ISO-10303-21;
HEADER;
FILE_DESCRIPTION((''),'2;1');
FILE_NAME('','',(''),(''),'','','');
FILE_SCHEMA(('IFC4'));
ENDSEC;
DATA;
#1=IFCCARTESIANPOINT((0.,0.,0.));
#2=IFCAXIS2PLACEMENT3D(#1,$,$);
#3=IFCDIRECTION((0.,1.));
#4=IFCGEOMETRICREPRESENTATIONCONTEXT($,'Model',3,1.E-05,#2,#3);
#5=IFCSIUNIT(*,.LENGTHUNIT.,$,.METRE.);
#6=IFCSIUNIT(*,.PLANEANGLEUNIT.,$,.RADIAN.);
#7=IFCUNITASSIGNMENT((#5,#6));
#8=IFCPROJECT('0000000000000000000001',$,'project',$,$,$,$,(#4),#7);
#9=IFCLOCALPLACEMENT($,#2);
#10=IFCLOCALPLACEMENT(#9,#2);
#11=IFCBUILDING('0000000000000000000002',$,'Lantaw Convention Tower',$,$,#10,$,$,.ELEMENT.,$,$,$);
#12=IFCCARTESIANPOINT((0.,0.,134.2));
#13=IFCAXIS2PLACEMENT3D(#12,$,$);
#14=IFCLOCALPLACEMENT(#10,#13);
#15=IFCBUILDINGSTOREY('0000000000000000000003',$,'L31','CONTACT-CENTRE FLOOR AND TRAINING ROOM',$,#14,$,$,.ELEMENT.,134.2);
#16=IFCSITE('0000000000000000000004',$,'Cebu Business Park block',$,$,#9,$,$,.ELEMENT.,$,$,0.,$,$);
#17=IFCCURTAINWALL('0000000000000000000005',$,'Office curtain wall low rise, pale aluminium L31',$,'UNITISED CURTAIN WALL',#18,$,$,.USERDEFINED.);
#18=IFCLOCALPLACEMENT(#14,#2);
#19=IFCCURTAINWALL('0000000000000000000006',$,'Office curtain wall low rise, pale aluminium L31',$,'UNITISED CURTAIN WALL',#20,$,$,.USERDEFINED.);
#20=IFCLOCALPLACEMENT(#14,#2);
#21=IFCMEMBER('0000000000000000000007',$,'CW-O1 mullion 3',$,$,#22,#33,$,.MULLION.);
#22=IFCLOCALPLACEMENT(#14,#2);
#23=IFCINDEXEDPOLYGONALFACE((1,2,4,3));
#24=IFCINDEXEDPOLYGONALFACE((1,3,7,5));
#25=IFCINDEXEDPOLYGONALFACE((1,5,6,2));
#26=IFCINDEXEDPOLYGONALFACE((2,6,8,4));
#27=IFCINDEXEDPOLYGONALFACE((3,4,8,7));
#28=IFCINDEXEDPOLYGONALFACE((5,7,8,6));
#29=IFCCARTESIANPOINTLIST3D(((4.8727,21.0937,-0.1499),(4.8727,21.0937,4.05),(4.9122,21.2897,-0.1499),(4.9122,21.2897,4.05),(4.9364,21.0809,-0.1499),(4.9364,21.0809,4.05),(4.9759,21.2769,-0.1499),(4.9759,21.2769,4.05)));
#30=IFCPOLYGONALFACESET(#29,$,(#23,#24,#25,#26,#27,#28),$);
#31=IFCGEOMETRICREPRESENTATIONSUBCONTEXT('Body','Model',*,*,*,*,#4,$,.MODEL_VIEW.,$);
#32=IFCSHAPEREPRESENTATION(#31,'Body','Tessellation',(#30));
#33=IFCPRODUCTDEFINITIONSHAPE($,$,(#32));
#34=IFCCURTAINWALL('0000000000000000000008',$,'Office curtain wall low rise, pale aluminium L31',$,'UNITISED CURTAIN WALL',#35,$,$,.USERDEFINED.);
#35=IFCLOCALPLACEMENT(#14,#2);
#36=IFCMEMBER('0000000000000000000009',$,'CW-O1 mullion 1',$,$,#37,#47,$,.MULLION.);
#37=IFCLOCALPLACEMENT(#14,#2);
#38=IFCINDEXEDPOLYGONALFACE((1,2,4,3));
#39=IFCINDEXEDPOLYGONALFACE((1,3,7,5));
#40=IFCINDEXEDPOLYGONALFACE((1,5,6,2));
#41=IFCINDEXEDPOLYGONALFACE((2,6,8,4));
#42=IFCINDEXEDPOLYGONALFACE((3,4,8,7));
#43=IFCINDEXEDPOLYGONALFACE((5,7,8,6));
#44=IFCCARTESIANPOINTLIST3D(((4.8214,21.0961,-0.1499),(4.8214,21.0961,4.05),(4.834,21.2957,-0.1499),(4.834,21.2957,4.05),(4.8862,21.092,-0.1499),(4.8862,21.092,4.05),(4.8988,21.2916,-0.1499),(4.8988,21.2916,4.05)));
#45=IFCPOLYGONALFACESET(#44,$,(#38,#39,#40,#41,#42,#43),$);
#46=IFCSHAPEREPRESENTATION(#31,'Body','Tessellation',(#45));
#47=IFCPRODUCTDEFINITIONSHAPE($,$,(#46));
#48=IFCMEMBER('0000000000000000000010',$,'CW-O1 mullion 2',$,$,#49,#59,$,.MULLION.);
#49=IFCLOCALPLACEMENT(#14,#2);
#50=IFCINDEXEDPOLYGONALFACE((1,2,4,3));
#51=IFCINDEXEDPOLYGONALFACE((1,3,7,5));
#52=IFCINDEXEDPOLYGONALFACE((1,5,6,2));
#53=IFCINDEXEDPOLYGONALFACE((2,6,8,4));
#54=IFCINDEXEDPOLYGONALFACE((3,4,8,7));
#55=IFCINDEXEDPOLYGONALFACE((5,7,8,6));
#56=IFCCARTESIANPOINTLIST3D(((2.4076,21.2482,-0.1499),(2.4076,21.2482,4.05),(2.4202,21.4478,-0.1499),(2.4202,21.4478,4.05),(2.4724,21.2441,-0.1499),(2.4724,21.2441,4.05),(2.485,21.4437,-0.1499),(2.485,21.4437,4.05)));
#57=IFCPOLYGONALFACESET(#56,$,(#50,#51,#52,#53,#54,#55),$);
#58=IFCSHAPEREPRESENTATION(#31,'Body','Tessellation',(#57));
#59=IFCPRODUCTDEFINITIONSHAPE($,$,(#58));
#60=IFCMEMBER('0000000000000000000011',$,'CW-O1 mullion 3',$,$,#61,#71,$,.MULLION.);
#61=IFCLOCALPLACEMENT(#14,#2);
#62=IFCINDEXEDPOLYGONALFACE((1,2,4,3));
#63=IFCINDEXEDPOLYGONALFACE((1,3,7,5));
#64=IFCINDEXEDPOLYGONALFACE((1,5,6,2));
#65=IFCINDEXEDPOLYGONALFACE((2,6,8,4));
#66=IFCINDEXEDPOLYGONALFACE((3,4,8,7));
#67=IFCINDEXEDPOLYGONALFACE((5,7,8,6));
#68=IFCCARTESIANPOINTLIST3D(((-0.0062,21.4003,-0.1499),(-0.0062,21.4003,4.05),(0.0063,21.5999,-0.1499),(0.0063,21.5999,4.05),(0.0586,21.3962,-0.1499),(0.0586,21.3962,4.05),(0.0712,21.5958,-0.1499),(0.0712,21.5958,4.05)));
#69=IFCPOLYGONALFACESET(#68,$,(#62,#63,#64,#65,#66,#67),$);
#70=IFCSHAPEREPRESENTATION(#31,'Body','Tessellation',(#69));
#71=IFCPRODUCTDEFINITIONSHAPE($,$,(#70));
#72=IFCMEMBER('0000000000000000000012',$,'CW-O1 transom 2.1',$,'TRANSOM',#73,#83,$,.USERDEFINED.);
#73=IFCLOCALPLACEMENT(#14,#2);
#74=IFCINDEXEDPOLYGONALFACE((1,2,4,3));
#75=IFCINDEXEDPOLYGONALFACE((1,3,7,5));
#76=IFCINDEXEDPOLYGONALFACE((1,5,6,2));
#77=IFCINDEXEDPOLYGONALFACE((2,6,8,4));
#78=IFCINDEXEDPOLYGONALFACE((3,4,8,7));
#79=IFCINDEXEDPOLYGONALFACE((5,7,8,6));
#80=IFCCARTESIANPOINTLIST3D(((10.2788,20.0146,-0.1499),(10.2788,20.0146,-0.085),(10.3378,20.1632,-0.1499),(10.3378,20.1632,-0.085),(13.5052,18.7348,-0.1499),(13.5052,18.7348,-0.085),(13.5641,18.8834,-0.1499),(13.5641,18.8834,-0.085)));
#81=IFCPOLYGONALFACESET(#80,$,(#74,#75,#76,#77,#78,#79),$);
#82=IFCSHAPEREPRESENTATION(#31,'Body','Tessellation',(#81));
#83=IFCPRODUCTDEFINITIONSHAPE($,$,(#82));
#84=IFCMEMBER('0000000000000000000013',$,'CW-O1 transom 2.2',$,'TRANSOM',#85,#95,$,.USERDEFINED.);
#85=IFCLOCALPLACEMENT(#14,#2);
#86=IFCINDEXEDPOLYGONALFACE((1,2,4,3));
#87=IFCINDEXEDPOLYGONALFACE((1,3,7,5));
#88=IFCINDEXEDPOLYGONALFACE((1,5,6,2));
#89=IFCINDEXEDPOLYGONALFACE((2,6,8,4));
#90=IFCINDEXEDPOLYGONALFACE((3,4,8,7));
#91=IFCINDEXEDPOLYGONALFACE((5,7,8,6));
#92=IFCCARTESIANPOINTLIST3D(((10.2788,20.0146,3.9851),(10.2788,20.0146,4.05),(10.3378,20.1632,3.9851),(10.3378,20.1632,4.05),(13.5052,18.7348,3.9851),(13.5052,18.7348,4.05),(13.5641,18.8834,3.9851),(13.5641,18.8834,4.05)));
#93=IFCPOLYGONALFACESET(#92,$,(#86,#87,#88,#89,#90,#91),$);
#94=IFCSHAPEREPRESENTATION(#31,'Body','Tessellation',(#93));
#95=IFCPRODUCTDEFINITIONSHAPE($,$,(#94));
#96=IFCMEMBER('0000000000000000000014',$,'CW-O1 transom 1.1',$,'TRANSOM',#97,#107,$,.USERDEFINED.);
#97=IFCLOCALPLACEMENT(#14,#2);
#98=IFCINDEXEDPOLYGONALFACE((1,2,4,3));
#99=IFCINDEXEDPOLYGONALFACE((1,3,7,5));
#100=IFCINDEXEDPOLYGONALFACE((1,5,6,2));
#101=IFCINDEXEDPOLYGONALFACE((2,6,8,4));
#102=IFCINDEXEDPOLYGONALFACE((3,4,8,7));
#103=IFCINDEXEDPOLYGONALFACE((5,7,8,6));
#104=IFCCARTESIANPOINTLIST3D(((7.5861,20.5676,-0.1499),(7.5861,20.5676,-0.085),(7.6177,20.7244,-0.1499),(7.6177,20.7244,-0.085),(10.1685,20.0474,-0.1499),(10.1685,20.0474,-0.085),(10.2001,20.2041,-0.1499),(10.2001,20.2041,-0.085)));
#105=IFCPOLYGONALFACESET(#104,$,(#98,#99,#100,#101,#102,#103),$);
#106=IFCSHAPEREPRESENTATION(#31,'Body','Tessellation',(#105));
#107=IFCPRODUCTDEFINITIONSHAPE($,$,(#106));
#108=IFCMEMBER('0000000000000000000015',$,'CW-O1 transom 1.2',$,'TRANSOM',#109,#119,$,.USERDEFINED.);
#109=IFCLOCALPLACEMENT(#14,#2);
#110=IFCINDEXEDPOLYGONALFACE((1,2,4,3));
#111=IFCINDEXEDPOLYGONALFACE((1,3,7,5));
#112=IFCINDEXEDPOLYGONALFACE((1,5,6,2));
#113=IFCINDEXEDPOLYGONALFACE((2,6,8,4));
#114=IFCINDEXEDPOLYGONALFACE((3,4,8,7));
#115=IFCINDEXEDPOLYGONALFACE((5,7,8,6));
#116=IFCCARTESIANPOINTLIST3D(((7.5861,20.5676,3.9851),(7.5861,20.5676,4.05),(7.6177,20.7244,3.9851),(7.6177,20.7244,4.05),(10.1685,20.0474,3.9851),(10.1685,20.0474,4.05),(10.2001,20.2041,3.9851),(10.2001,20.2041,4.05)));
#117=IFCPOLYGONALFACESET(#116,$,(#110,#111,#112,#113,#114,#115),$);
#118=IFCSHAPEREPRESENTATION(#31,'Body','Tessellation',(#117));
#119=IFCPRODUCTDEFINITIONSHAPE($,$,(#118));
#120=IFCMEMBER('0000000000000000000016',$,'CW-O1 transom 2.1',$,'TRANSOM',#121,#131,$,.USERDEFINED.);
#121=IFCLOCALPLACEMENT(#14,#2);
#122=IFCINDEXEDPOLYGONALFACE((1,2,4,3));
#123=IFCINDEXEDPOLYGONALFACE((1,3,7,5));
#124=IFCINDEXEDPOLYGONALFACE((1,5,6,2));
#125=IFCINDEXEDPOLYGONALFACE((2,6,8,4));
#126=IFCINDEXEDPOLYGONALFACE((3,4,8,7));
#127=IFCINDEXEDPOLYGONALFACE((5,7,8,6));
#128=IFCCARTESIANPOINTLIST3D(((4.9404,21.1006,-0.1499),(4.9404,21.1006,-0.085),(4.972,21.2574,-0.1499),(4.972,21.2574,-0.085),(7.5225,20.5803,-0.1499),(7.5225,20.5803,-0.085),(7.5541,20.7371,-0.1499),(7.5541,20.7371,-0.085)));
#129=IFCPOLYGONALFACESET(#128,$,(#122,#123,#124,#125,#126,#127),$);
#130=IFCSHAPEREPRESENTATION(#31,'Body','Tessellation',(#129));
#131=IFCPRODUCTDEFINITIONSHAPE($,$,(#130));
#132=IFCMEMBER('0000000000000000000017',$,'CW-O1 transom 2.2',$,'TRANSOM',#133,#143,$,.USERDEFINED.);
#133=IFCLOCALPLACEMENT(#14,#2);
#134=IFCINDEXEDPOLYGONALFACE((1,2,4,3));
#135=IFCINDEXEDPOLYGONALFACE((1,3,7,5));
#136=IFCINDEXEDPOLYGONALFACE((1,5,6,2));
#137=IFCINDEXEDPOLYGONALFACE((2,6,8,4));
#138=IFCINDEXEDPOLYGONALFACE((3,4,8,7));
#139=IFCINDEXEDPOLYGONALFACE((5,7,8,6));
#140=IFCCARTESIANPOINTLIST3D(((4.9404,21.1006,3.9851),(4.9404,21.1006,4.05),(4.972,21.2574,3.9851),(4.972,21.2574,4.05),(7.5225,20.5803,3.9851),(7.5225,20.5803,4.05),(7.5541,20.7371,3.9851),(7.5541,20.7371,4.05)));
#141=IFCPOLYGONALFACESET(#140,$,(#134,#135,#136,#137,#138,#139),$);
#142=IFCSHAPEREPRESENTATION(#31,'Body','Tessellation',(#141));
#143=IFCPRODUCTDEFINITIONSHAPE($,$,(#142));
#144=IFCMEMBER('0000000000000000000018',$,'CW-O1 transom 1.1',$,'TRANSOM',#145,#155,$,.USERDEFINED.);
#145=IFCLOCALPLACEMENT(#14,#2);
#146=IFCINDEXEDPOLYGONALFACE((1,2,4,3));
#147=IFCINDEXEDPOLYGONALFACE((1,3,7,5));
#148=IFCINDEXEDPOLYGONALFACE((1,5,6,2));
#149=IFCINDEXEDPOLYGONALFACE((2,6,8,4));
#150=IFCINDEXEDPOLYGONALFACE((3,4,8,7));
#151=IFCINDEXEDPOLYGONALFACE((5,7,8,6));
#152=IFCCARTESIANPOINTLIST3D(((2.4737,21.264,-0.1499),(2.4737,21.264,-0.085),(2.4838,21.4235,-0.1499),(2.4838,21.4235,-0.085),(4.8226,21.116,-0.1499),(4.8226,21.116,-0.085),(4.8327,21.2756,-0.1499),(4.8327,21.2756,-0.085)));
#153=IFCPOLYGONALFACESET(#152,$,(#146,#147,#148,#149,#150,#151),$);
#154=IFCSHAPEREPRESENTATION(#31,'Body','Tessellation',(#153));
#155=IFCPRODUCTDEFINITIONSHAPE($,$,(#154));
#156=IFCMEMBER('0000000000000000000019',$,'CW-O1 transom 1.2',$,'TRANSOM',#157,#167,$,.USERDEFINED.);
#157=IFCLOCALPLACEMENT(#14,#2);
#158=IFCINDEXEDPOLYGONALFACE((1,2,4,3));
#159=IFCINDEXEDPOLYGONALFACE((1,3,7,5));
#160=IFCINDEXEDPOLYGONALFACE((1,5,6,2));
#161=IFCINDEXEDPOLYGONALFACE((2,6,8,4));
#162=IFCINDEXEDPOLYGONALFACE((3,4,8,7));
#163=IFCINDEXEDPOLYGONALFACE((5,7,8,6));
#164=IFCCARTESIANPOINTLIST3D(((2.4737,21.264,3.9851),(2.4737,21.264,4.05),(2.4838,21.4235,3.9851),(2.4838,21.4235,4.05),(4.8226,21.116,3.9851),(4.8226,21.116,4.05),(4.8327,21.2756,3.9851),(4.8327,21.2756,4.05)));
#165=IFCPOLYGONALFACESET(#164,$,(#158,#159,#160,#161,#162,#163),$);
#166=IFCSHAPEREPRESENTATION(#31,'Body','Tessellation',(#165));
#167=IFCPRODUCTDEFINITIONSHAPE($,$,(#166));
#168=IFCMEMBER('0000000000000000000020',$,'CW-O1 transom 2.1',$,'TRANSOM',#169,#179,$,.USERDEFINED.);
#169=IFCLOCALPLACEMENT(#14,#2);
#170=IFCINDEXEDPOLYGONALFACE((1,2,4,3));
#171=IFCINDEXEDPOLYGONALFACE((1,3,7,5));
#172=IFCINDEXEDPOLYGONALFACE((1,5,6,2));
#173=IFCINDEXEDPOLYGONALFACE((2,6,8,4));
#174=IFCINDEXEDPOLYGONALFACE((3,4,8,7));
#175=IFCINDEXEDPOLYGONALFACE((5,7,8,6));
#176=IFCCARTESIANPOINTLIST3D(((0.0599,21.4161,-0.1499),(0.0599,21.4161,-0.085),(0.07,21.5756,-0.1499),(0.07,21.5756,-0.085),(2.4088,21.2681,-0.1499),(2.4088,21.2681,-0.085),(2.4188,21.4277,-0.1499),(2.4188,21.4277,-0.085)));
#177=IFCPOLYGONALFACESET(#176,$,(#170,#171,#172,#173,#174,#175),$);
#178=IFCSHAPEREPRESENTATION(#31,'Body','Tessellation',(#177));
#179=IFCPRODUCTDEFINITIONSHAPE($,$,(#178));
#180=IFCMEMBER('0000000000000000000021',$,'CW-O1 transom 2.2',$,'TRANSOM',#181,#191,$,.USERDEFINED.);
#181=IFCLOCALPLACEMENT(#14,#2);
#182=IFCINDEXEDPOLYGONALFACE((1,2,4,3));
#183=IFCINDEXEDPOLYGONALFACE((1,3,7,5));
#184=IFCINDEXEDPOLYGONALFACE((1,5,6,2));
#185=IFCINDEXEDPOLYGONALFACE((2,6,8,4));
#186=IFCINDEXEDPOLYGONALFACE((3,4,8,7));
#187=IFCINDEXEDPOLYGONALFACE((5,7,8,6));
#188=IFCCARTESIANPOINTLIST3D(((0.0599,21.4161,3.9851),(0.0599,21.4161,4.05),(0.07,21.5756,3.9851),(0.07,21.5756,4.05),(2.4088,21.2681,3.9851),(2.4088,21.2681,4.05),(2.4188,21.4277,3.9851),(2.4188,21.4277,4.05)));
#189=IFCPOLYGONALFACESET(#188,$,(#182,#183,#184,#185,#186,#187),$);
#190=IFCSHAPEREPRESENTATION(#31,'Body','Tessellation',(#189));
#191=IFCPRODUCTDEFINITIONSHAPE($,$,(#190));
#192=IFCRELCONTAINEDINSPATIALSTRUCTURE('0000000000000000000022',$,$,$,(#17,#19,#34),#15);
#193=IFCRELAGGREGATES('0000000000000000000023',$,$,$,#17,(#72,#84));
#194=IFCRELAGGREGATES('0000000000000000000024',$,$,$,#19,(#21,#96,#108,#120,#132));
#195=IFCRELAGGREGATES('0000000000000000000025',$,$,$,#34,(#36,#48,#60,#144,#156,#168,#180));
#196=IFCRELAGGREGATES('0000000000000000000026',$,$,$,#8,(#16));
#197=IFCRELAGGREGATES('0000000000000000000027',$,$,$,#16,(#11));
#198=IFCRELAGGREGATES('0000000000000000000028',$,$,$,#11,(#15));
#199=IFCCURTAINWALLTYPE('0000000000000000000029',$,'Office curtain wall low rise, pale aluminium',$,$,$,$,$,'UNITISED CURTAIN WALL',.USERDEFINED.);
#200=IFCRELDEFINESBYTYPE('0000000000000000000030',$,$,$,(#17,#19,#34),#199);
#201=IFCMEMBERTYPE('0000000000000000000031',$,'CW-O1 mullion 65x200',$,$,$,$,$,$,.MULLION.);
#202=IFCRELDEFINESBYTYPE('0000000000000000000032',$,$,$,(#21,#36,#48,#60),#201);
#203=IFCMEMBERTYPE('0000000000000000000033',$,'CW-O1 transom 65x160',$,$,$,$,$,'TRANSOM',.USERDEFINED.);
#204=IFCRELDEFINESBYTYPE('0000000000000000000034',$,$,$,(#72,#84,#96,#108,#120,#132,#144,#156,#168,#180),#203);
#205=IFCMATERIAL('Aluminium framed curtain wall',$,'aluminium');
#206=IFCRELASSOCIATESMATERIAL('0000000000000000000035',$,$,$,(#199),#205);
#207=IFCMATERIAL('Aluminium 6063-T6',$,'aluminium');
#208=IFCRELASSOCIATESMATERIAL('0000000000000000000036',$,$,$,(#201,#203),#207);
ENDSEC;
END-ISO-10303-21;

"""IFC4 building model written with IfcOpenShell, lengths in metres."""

from ifc_helpers import new_model, si_unit, direction, frame, origin, origin_2d, place, context, subcontext, project, spatial, rectangle, extrude, material, material_profile, profile_set, type_object, element, aggregate, save


model = new_model("IFC4")

# Units and contexts
model_context = context("Model", 3, precision=1e-05, world=origin(), true_north=direction((0.0, 1.0)))
body_context = subcontext(model_context, "Body", "Model", "MODEL_VIEW")
ifc_project = project(units=[si_unit("LENGTHUNIT", "METRE"), si_unit("PLANEANGLEUNIT", "RADIAN")], contexts=[model_context])

# Site, building, storey
site_placement = place(None, origin())
site = spatial("IfcSite", under=ifc_project, at=site_placement, Name="Cebu Business Park block", CompositionType="ELEMENT", RefElevation=0.0)
building_placement = place(site_placement, origin())
building = spatial("IfcBuilding", under=site, at=building_placement, Name="Lantaw Convention Tower", CompositionType="ELEMENT")
storey_placement = place(building_placement, frame((0.0, 0.0, 134.2)))
storey = spatial("IfcBuildingStorey", under=building, at=storey_placement, Name="L31", Description="CONTACT-CENTRE FLOOR AND TRAINING ROOM", CompositionType="ELEMENT", Elevation=134.2)

# Curtain walls, members
ifc_material_1 = material(Name="Aluminium framed curtain wall", Category="aluminium")
curtain_wall_type = type_object("IfcCurtainWallType", Name="Office curtain wall low rise, pale aluminium", ElementType="UNITISED CURTAIN WALL", PredefinedType="USERDEFINED", material=ifc_material_1)
curtain_wall_1_placement = place(storey_placement, origin())
curtain_wall_1 = element("IfcCurtainWall", 1, at=curtain_wall_1_placement, inside=storey, type_object=curtain_wall_type, Name="Office curtain wall low rise, pale aluminium L31", ObjectType="UNITISED CURTAIN WALL", PredefinedType="USERDEFINED")
ifc_material_2 = material(Name="Aluminium 6063-T6", Category="aluminium")
ifc_material_profile_1 = material_profile(ifc_material_2, rectangle(XDim=0.2, YDim=0.0649, at=origin_2d()), Name="CW-O1 mullion 65x200")
ifc_profile_set_1 = profile_set([ifc_material_profile_1], Name="Aluminium 6063-T6")
member_type_1 = type_object("IfcMemberType", Name="CW-O1 mullion 65x200", PredefinedType="MULLION", material=ifc_profile_set_1)
curtain_wall_2_placement = place(storey_placement, origin())
curtain_wall_2 = element("IfcCurtainWall", 2, at=curtain_wall_2_placement, inside=storey, type_object=curtain_wall_type, Name="Office curtain wall low rise, pale aluminium L31", ObjectType="UNITISED CURTAIN WALL", PredefinedType="USERDEFINED")
member_1_placement = place(storey_placement, frame((4.9243, 21.1853, -0.1499), z_axis=(0.0, 0.0, 1.0), x_axis=(-0.197507, -0.980302, 0.0)))
member_1 = element("IfcMember", 3, at=member_1_placement, type_object=member_type_1, Name="CW-O1 mullion 3", PredefinedType="MULLION", context=body_context, shape_type="SweptSolid", body=[
    extrude(rectangle(XDim=0.2, YDim=0.0649, at=origin_2d()), origin(), (0.0, 0.0, 1.0), 4.2),
])
curtain_wall_3_placement = place(storey_placement, origin())
curtain_wall_3 = element("IfcCurtainWall", 4, at=curtain_wall_3_placement, inside=storey, type_object=curtain_wall_type, Name="Office curtain wall low rise, pale aluminium L31", ObjectType="UNITISED CURTAIN WALL", PredefinedType="USERDEFINED")
member_2_placement = place(storey_placement, frame((4.8601, 21.1938, -0.1499), z_axis=(0.0, 0.0, 1.0), x_axis=(-0.062865, -0.998022, 0.0)))
member_2 = element("IfcMember", 5, at=member_2_placement, type_object=member_type_1, Name="CW-O1 mullion 1", PredefinedType="MULLION", context=body_context, shape_type="SweptSolid", body=[
    extrude(rectangle(XDim=0.2, YDim=0.0649, at=origin_2d()), origin(), (0.0, 0.0, 1.0), 4.2),
])
member_3_placement = place(storey_placement, frame((2.4463, 21.3459, -0.1499), z_axis=(0.0, 0.0, 1.0), x_axis=(-0.062865, -0.998022, 0.0)))
member_3 = element("IfcMember", 6, at=member_3_placement, type_object=member_type_1, Name="CW-O1 mullion 2", PredefinedType="MULLION", context=body_context, shape_type="SweptSolid", body=[
    extrude(rectangle(XDim=0.2, YDim=0.0649, at=origin_2d()), origin(), (0.0, 0.0, 1.0), 4.2),
])
member_4_placement = place(storey_placement, frame((0.0325, 21.498, -0.1499), z_axis=(0.0, 0.0, 1.0), x_axis=(-0.062865, -0.998022, 0.0)))
member_4 = element("IfcMember", 7, at=member_4_placement, type_object=member_type_1, Name="CW-O1 mullion 3", PredefinedType="MULLION", context=body_context, shape_type="SweptSolid", body=[
    extrude(rectangle(XDim=0.2, YDim=0.0649, at=origin_2d()), origin(), (0.0, 0.0, 1.0), 4.2),
])

# Members
ifc_material_profile_2 = material_profile(ifc_material_2, rectangle(XDim=0.1599, YDim=0.0649, at=origin_2d()), Name="CW-O1 transom 65x160")
ifc_profile_set_2 = profile_set([ifc_material_profile_2], Name="Aluminium 6063-T6")
member_type_2 = type_object("IfcMemberType", Name="CW-O1 transom 65x160", ElementType="TRANSOM", PredefinedType="USERDEFINED", material=ifc_profile_set_2)
member_5_placement = place(storey_placement, frame((13.5347, 18.8091, -0.1174), z_axis=(-0.92954, 0.368721, 0.0), x_axis=(-0.368721, -0.92954, 0.0)))
member_5 = element("IfcMember", 8, at=member_5_placement, type_object=member_type_2, Name="CW-O1 transom 2.1", ObjectType="TRANSOM", PredefinedType="USERDEFINED", context=body_context, shape_type="SweptSolid", body=[
    extrude(rectangle(XDim=0.1599, YDim=0.0649, at=origin_2d()), origin(), (0.0, 0.0, 1.0), 3.4709),
])
member_6_placement = place(storey_placement, frame((13.5347, 18.8091, 4.0176), z_axis=(-0.92954, 0.368721, 0.0), x_axis=(-0.368721, -0.92954, 0.0)))
member_6 = element("IfcMember", 9, at=member_6_placement, type_object=member_type_2, Name="CW-O1 transom 2.2", ObjectType="TRANSOM", PredefinedType="USERDEFINED", context=body_context, shape_type="SweptSolid", body=[
    extrude(rectangle(XDim=0.1599, YDim=0.0649, at=origin_2d()), origin(), (0.0, 0.0, 1.0), 3.4709),
])
member_7_placement = place(storey_placement, frame((10.1843, 20.1257, -0.1174), z_axis=(-0.980302, 0.197506, 0.0), x_axis=(-0.197506, -0.980302, 0.0)))
member_7 = element("IfcMember", 10, at=member_7_placement, type_object=member_type_2, Name="CW-O1 transom 1.1", ObjectType="TRANSOM", PredefinedType="USERDEFINED", context=body_context, shape_type="SweptSolid", body=[
    extrude(rectangle(XDim=0.1599, YDim=0.0649, at=origin_2d()), origin(), (0.0, 0.0, 1.0), 2.6343),
])
member_8_placement = place(storey_placement, frame((10.1843, 20.1257, 4.0176), z_axis=(-0.980302, 0.197506, 0.0), x_axis=(-0.197506, -0.980302, 0.0)))
member_8 = element("IfcMember", 11, at=member_8_placement, type_object=member_type_2, Name="CW-O1 transom 1.2", ObjectType="TRANSOM", PredefinedType="USERDEFINED", context=body_context, shape_type="SweptSolid", body=[
    extrude(rectangle(XDim=0.1599, YDim=0.0649, at=origin_2d()), origin(), (0.0, 0.0, 1.0), 2.6343),
])
member_9_placement = place(storey_placement, frame((7.5383, 20.6587, -0.1174), z_axis=(-0.980298, 0.197524, 0.0), x_axis=(-0.197524, -0.980298, 0.0)))
member_9 = element("IfcMember", 12, at=member_9_placement, type_object=member_type_2, Name="CW-O1 transom 2.1", ObjectType="TRANSOM", PredefinedType="USERDEFINED", context=body_context, shape_type="SweptSolid", body=[
    extrude(rectangle(XDim=0.1599, YDim=0.0649, at=origin_2d()), origin(), (0.0, 0.0, 1.0), 2.634),
])
member_10_placement = place(storey_placement, frame((7.5383, 20.6587, 4.0176), z_axis=(-0.980298, 0.197524, 0.0), x_axis=(-0.197524, -0.980298, 0.0)))
member_10 = element("IfcMember", 13, at=member_10_placement, type_object=member_type_2, Name="CW-O1 transom 2.2", ObjectType="TRANSOM", PredefinedType="USERDEFINED", context=body_context, shape_type="SweptSolid", body=[
    extrude(rectangle(XDim=0.1599, YDim=0.0649, at=origin_2d()), origin(), (0.0, 0.0, 1.0), 2.634),
])
member_11_placement = place(storey_placement, frame((4.8276, 21.1958, -0.1174), z_axis=(-0.998022, 0.062863, 0.0), x_axis=(-0.062863, -0.998022, 0.0)))
member_11 = element("IfcMember", 14, at=member_11_placement, type_object=member_type_2, Name="CW-O1 transom 1.1", ObjectType="TRANSOM", PredefinedType="USERDEFINED", context=body_context, shape_type="SweptSolid", body=[
    extrude(rectangle(XDim=0.1599, YDim=0.0649, at=origin_2d()), origin(), (0.0, 0.0, 1.0), 2.3535),
])
member_12_placement = place(storey_placement, frame((4.8276, 21.1958, 4.0176), z_axis=(-0.998022, 0.062863, 0.0), x_axis=(-0.062863, -0.998022, 0.0)))
member_12 = element("IfcMember", 15, at=member_12_placement, type_object=member_type_2, Name="CW-O1 transom 1.2", ObjectType="TRANSOM", PredefinedType="USERDEFINED", context=body_context, shape_type="SweptSolid", body=[
    extrude(rectangle(XDim=0.1599, YDim=0.0649, at=origin_2d()), origin(), (0.0, 0.0, 1.0), 2.3535),
])
member_13_placement = place(storey_placement, frame((2.4138, 21.3479, -0.1174), z_axis=(-0.998022, 0.062863, 0.0), x_axis=(-0.062863, -0.998022, 0.0)))
member_13 = element("IfcMember", 16, at=member_13_placement, type_object=member_type_2, Name="CW-O1 transom 2.1", ObjectType="TRANSOM", PredefinedType="USERDEFINED", context=body_context, shape_type="SweptSolid", body=[
    extrude(rectangle(XDim=0.1599, YDim=0.0649, at=origin_2d()), origin(), (0.0, 0.0, 1.0), 2.3535),
])
member_14_placement = place(storey_placement, frame((2.4138, 21.3479, 4.0176), z_axis=(-0.998022, 0.062863, 0.0), x_axis=(-0.062863, -0.998022, 0.0)))
member_14 = element("IfcMember", 17, at=member_14_placement, type_object=member_type_2, Name="CW-O1 transom 2.2", ObjectType="TRANSOM", PredefinedType="USERDEFINED", context=body_context, shape_type="SweptSolid", body=[
    extrude(rectangle(XDim=0.1599, YDim=0.0649, at=origin_2d()), origin(), (0.0, 0.0, 1.0), 2.3535),
])

aggregate(curtain_wall_1, [member_5, member_6])
aggregate(curtain_wall_2, [member_1, member_7, member_8, member_9, member_10])
aggregate(curtain_wall_3, [member_2, member_3, member_4, member_11, member_12, member_13, member_14])

save(model, "model.ifc")
